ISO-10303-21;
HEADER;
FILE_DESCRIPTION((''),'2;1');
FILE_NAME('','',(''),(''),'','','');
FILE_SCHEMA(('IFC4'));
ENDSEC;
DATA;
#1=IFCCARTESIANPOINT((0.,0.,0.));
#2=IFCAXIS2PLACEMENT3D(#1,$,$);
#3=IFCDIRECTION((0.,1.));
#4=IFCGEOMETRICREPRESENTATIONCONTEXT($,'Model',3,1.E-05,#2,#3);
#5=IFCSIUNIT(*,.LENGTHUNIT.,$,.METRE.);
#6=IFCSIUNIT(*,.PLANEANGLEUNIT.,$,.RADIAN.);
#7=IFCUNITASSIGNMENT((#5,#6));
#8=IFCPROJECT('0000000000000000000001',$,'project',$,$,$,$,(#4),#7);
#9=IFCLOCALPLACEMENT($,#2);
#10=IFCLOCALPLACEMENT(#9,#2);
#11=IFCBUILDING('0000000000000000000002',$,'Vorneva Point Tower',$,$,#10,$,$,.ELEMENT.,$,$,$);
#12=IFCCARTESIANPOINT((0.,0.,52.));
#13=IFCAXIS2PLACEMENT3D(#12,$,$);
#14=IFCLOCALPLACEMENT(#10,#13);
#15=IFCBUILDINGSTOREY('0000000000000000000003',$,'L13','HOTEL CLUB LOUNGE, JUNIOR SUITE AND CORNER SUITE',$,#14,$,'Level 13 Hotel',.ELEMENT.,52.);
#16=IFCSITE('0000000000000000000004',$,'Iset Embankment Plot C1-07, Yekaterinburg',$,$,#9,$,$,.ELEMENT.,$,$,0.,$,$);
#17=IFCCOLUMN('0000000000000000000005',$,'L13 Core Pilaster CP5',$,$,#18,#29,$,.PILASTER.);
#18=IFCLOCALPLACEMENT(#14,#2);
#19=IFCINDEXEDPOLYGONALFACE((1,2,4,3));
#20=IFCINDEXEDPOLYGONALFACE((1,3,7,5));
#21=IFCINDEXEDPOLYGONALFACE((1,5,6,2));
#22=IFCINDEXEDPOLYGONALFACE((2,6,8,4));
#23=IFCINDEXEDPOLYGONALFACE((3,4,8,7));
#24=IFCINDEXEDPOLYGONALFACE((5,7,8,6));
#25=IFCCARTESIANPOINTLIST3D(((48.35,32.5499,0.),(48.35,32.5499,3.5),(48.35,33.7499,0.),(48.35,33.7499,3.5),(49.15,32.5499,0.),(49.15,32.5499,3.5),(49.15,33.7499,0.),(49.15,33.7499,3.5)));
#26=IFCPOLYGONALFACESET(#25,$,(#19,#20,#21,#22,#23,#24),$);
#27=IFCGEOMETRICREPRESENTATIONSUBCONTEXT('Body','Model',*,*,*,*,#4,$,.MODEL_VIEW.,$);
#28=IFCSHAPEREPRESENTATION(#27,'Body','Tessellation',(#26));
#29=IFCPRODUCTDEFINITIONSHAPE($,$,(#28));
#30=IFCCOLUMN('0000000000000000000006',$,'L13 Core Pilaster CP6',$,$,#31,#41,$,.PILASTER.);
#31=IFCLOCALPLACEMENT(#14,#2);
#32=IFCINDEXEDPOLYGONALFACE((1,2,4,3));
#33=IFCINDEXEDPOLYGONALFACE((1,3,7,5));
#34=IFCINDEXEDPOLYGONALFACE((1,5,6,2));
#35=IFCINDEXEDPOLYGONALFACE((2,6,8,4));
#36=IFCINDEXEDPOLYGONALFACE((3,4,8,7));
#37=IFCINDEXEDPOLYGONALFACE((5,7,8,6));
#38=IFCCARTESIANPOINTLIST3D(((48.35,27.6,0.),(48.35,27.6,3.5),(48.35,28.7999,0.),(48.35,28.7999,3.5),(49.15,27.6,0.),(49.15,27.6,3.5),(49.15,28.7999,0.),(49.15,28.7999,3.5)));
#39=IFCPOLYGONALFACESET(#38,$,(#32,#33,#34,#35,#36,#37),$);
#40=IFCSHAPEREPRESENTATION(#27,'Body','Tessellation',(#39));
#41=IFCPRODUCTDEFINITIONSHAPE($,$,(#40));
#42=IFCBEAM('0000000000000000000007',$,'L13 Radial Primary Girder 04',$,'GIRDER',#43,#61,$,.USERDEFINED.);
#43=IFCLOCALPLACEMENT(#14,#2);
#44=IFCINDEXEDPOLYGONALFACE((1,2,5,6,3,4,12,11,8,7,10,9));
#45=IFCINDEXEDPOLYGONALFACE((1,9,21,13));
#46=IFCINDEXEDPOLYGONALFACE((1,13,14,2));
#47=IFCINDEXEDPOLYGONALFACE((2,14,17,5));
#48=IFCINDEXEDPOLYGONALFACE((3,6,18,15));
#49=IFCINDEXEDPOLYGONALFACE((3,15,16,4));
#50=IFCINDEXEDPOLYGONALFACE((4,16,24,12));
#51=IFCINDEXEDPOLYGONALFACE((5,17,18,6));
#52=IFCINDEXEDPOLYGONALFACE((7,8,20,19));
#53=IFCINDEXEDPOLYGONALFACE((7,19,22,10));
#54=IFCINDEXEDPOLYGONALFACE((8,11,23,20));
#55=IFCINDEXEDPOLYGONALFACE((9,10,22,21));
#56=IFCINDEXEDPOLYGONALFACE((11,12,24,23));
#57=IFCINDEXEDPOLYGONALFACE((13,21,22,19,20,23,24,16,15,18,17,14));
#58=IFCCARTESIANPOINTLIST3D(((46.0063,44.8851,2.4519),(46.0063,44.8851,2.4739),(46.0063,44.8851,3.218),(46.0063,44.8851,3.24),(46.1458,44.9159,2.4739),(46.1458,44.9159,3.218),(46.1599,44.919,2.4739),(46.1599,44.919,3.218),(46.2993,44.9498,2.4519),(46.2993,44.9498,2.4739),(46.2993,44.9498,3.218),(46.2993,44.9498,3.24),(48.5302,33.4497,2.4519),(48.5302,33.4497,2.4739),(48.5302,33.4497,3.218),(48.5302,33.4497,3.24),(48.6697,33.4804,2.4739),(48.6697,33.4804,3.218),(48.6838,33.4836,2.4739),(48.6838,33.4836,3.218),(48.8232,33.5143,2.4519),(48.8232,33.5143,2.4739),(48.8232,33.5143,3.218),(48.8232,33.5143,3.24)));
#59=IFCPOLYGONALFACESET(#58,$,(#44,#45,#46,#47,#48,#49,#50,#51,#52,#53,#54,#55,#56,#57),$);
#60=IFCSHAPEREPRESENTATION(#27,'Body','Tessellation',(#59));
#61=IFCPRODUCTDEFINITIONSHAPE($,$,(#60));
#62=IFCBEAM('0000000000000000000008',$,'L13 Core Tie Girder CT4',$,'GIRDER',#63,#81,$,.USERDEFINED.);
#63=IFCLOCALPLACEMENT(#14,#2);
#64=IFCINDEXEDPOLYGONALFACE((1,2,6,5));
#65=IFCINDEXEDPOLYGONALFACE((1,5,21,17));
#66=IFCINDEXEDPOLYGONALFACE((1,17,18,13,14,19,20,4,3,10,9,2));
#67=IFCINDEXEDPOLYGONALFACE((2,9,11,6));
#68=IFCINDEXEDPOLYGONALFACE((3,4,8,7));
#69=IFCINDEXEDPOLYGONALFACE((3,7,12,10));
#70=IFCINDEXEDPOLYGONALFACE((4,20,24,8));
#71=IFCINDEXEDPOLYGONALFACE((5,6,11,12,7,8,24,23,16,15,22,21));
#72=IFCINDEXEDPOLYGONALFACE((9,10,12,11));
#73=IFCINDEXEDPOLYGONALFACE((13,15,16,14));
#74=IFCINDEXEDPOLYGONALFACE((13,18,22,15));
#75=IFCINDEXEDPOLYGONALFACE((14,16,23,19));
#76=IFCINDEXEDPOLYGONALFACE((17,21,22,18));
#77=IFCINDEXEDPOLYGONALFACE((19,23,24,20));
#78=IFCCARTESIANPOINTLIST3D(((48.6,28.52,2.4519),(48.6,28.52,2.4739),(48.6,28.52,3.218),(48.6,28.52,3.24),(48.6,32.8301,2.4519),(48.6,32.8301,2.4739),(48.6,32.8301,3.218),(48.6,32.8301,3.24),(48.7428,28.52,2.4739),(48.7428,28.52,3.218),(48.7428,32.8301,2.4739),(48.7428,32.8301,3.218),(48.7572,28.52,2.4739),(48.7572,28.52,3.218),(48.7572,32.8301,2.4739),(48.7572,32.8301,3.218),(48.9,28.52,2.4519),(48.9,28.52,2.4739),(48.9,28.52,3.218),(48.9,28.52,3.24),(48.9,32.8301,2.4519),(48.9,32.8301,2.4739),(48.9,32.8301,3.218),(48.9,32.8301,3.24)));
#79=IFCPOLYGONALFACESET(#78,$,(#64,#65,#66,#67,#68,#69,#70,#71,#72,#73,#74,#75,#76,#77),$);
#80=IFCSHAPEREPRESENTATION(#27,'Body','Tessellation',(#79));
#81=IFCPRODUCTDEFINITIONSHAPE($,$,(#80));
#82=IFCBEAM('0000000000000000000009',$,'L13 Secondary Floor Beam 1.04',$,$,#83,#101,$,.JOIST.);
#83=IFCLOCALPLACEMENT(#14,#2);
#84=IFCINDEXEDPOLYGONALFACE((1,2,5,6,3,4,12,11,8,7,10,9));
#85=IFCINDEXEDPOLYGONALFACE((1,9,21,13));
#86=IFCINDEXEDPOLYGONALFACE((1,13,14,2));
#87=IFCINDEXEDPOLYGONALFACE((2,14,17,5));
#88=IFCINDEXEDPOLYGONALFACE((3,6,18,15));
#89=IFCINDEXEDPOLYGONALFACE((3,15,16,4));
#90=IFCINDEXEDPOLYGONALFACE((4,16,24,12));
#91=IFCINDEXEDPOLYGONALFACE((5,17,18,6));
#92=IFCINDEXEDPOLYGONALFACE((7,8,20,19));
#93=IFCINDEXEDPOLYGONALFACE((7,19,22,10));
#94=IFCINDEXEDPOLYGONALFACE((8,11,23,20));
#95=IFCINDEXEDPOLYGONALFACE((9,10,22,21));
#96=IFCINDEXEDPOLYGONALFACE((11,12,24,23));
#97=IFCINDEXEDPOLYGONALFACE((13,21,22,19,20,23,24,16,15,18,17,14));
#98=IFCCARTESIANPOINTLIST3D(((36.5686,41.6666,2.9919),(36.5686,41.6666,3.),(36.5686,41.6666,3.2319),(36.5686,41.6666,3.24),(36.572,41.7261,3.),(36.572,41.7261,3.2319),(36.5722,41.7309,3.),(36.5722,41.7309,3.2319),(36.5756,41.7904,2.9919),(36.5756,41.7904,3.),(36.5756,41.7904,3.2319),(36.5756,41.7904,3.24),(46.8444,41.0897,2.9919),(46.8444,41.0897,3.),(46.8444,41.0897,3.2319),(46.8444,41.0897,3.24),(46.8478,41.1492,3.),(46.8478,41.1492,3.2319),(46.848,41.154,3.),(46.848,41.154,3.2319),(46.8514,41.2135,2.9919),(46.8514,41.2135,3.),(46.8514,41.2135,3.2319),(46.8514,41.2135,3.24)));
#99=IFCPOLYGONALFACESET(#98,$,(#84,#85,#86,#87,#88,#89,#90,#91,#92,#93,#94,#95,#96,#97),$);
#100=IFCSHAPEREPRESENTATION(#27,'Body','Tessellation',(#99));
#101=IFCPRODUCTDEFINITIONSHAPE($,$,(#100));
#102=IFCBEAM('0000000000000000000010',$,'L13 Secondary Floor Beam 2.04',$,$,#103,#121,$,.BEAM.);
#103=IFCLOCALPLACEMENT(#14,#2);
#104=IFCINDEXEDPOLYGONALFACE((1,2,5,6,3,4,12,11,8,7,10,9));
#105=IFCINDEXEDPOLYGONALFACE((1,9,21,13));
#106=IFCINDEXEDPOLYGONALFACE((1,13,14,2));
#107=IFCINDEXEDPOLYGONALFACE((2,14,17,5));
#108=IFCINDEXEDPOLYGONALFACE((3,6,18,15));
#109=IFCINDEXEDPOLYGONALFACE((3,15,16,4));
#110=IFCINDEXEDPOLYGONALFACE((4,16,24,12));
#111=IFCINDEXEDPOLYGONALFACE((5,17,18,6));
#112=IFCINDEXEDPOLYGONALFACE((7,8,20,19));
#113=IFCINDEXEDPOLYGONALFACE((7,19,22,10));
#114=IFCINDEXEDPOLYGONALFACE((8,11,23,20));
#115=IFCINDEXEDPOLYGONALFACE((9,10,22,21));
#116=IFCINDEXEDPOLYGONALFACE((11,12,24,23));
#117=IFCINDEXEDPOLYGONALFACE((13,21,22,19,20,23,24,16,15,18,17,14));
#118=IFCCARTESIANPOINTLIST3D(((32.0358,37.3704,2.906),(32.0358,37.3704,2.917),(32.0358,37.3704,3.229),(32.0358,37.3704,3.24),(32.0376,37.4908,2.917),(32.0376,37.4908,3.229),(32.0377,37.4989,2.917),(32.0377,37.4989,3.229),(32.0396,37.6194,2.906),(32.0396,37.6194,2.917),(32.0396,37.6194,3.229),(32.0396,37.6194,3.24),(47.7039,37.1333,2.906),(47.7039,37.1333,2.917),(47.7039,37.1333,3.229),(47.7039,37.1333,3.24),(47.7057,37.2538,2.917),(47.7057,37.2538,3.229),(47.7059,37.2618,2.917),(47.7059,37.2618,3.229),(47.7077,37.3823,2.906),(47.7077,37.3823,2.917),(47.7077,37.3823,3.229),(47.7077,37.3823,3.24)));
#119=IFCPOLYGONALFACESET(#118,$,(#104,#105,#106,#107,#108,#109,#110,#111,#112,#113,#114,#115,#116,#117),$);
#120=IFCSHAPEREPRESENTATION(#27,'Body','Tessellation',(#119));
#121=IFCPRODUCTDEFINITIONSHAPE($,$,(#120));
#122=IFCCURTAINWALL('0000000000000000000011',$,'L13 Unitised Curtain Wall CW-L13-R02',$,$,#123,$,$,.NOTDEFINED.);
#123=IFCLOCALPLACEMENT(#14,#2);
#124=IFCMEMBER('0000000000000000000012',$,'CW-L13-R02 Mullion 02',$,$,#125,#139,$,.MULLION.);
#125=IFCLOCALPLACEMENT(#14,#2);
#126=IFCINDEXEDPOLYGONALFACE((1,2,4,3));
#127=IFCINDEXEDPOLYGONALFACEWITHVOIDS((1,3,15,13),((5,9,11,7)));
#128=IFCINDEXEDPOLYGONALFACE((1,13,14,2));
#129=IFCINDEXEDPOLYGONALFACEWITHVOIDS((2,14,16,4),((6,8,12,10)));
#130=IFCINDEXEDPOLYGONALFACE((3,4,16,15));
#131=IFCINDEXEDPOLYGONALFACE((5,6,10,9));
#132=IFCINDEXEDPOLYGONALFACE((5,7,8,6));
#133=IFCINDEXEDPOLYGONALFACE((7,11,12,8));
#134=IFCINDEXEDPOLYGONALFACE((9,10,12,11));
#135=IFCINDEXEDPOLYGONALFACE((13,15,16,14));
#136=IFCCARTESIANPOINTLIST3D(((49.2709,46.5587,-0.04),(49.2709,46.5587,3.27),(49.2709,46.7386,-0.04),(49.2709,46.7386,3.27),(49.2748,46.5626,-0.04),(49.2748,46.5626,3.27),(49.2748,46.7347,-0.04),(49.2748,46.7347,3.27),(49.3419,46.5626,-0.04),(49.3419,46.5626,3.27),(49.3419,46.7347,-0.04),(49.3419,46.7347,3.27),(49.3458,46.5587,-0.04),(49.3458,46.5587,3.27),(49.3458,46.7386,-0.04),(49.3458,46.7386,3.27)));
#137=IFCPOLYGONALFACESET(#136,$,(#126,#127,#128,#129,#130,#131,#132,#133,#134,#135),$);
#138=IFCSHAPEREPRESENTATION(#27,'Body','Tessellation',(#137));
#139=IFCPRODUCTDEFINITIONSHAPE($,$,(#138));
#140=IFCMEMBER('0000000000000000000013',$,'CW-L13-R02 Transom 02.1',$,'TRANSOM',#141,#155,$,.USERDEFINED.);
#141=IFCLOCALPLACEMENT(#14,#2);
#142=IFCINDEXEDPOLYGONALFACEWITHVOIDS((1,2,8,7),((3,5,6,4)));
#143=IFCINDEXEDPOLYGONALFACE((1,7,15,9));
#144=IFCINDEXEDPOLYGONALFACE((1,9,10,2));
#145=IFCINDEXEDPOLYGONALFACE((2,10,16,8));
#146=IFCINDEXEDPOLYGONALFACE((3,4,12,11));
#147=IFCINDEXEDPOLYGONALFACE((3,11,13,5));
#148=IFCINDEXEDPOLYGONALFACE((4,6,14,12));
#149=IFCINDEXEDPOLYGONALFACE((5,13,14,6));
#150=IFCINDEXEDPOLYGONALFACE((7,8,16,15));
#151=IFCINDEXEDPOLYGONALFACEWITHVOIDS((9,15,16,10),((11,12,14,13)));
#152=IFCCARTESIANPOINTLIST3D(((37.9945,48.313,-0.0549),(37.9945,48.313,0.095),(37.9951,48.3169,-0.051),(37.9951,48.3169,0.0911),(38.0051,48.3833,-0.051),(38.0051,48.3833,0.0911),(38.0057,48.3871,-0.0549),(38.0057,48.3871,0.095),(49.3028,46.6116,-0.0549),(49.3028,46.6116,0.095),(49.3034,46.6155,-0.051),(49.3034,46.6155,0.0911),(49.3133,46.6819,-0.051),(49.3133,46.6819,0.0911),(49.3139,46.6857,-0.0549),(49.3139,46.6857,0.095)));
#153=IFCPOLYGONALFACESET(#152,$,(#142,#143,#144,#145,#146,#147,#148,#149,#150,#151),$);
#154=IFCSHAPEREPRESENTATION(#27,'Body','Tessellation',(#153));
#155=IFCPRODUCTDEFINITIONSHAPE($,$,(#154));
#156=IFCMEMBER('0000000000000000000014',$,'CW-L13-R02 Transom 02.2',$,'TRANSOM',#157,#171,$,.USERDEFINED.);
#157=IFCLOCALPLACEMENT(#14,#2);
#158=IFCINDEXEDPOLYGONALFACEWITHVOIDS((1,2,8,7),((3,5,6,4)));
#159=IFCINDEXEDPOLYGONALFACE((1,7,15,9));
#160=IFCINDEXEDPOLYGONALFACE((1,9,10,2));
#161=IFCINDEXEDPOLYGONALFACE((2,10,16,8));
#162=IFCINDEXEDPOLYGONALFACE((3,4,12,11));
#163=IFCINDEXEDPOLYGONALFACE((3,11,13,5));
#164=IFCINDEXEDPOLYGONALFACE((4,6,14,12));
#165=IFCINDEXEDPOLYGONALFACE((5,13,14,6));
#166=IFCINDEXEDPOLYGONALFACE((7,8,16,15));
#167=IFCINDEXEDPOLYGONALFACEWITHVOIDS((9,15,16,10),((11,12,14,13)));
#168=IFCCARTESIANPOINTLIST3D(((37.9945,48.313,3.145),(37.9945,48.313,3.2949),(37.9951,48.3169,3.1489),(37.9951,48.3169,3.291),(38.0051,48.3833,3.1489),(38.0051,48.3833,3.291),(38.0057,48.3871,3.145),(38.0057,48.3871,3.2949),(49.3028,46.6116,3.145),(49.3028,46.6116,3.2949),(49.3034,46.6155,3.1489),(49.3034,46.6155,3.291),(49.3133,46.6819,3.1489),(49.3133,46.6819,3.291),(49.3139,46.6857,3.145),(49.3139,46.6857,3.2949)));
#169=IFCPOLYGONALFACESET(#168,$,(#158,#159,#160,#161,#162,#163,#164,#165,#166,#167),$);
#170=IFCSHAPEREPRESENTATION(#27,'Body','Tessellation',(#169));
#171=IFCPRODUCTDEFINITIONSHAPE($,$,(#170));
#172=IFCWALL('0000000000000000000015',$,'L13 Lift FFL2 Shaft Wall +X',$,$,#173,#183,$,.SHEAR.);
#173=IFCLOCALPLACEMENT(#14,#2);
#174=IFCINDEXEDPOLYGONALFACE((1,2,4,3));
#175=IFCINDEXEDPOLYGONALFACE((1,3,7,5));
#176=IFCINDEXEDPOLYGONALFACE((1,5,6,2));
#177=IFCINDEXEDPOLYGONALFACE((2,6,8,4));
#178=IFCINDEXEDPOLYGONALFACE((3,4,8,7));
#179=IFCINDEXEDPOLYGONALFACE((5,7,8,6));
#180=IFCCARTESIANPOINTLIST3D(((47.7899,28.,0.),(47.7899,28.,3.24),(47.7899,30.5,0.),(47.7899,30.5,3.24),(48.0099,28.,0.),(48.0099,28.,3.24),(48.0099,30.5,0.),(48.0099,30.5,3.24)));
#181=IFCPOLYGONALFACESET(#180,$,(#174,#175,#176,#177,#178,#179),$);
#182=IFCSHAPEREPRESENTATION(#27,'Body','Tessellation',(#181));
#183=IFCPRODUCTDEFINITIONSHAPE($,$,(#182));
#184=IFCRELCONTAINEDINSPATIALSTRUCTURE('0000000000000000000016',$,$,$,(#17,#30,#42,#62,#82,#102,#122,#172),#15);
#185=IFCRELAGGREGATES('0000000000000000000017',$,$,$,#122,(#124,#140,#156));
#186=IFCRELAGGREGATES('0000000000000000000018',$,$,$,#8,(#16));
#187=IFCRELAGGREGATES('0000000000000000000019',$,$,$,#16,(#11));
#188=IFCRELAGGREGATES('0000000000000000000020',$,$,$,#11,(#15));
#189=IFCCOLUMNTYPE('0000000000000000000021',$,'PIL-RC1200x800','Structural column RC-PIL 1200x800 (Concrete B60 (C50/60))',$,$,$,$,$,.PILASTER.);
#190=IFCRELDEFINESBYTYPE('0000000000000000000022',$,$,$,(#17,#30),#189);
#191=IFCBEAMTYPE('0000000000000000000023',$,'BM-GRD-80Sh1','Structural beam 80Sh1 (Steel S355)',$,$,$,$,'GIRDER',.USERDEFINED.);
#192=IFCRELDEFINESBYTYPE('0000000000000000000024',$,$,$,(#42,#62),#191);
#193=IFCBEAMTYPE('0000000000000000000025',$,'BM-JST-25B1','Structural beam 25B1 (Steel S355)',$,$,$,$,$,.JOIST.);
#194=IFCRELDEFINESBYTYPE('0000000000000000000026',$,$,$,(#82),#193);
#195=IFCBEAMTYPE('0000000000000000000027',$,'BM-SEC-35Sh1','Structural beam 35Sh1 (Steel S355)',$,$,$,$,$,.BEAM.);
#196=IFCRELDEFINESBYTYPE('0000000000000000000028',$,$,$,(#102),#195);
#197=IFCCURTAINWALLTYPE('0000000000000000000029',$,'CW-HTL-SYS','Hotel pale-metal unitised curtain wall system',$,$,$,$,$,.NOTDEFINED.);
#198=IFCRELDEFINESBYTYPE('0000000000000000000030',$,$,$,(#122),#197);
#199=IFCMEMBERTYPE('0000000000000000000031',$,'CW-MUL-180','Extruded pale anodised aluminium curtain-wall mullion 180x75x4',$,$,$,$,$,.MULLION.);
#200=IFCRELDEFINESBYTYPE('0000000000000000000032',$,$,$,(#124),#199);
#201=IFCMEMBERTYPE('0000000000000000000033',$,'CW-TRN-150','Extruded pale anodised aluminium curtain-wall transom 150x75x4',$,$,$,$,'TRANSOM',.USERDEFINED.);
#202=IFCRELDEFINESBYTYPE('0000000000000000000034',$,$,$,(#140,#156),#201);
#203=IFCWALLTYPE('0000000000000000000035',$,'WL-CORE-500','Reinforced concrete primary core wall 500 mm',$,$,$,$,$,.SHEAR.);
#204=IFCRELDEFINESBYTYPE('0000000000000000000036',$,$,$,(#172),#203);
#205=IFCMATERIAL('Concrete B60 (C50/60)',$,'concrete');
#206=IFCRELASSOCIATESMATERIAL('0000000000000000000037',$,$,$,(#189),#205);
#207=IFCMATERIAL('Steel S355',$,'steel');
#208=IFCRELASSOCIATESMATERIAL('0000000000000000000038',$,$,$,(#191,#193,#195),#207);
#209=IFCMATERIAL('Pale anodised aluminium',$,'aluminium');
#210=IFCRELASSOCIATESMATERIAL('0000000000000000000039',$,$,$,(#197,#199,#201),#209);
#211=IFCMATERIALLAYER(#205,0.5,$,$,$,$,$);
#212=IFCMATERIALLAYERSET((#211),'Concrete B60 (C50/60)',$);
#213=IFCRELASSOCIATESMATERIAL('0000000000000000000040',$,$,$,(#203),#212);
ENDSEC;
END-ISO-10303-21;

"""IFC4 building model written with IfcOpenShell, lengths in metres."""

from ifc_helpers import new_model, si_unit, direction, frame, frame_2d, origin, origin_2d, place, context, subcontext, project, spatial, rectangle, hollow_rectangle, i_section, extrude, material, layer, layer_set, material_profile, profile_set, type_object, element, aggregate, save


model = new_model("IFC4")

# Units and contexts
model_context = context("Model", 3, precision=1e-05, world=origin(), true_north=direction((0.0, 1.0)))
body_context = subcontext(model_context, "Body", "Model", "MODEL_VIEW")
ifc_project = project(units=[si_unit("LENGTHUNIT", "METRE"), si_unit("PLANEANGLEUNIT", "RADIAN")], contexts=[model_context])

# Site, building, storey
site_placement = place(None, origin())
site = spatial("IfcSite", under=ifc_project, at=site_placement, Name="Iset Embankment Plot C1-07, Yekaterinburg", CompositionType="ELEMENT", RefElevation=0.0)
building_placement = place(site_placement, origin())
building = spatial("IfcBuilding", under=site, at=building_placement, Name="Vorneva Point Tower", CompositionType="ELEMENT")
storey_placement = place(building_placement, frame((0.0, 0.0, 52.0)))
storey = spatial("IfcBuildingStorey", under=building, at=storey_placement, Name="L13", Description="HOTEL CLUB LOUNGE, JUNIOR SUITE AND CORNER SUITE", LongName="Level 13 Hotel", CompositionType="ELEMENT", Elevation=52.0)

# Columns
ifc_material_1 = material(Name="Concrete B60 (C50/60)", Category="concrete")
ifc_material_profile_1 = material_profile(ifc_material_1, rectangle(XDim=0.8, YDim=1.2, at=origin_2d()), Name="RC-PIL 1200x800")
ifc_profile_set_1 = profile_set([ifc_material_profile_1], Name="Concrete B60 (C50/60)")
column_type_1 = type_object("IfcColumnType", Name="PIL-RC1200x800", Description="Structural column RC-PIL 1200x800 (Concrete B60 (C50/60))", PredefinedType="PILASTER", material=ifc_profile_set_1)
for number, where, z_axis, x_axis, name in (
    (1, (48.75, 33.1499, 0.0), (0.0, 0.0, 1.0), (1.0, 0.0, 0.0), "L13 Core Pilaster CP5"),
    (2, (48.75, 28.2, 0.0), (0.0, 0.0, 1.0), (1.0, 0.0, 0.0), "L13 Core Pilaster CP6"),
):
    element("IfcColumn", number, at=place(storey_placement, frame(where, z_axis=z_axis, x_axis=x_axis)), inside=storey, type_object=column_type_1, Name=name, PredefinedType="PILASTER", context=body_context, shape_type="SweptSolid", body=[
        extrude(rectangle(XDim=0.8, YDim=1.2, at=origin_2d()), origin(), (0.0, 0.0, 1.0), 3.5),
    ])

# Beams
ifc_material_2 = material(Name="Steel S355", Category="steel")
ifc_material_profile_2 = material_profile(ifc_material_2, i_section(OverallWidth=0.3, OverallDepth=0.7881, WebThickness=0.0144, FlangeThickness=0.022, at=origin_2d()), Name="80Sh1")
ifc_profile_set_2 = profile_set([ifc_material_profile_2], Name="Steel S355")
beam_type_1 = type_object("IfcBeamType", Name="BM-GRD-80Sh1", Description="Structural beam 80Sh1 (Steel S355)", ElementType="GIRDER", PredefinedType="USERDEFINED", material=ifc_profile_set_2)
beam_1_placement = place(storey_placement, frame((46.1528, 44.9175, 2.8459), z_axis=(0.215522, -0.976499, 0.0), x_axis=(0.976499, 0.215522, 0.0)))
element("IfcBeam", 3, at=beam_1_placement, inside=storey, type_object=beam_type_1, Name="L13 Radial Primary Girder 04", ObjectType="GIRDER", PredefinedType="USERDEFINED", context=body_context, shape_type="SweptSolid", body=[
    extrude(i_section(OverallWidth=0.3, OverallDepth=0.7881, WebThickness=0.0144, FlangeThickness=0.022, at=origin_2d()), origin(), (0.0, 0.0, 1.0), 11.7107),
])
beam_2_placement = place(storey_placement, frame((48.75, 28.52, 2.8459), z_axis=(0.0, 1.0, 0.0), x_axis=(-1.0, 0.0, 0.0)))
element("IfcBeam", 4, at=beam_2_placement, inside=storey, type_object=beam_type_1, Name="L13 Core Tie Girder CT4", ObjectType="GIRDER", PredefinedType="USERDEFINED", context=body_context, shape_type="SweptSolid", body=[
    extrude(i_section(OverallWidth=0.3, OverallDepth=0.7881, WebThickness=0.0144, FlangeThickness=0.022, at=origin_2d()), origin(), (0.0, 0.0, 1.0), 4.3101),
])
ifc_material_profile_3 = material_profile(ifc_material_2, i_section(OverallWidth=0.124, OverallDepth=0.248, WebThickness=0.0049, FlangeThickness=0.0081, at=origin_2d()), Name="25B1")
ifc_profile_set_3 = profile_set([ifc_material_profile_3], Name="Steel S355")
beam_type_2 = type_object("IfcBeamType", Name="BM-JST-25B1", Description="Structural beam 25B1 (Steel S355)", PredefinedType="JOIST", material=ifc_profile_set_3)
beam_3_placement = place(storey_placement, frame((46.8479, 41.1516, 3.116), z_axis=(-0.998428, 0.056053, 0.0), x_axis=(-0.056053, -0.998428, 0.0)))
element("IfcBeam", 5, at=beam_3_placement, inside=storey, type_object=beam_type_2, Name="L13 Secondary Floor Beam 1.04", PredefinedType="JOIST", context=body_context, shape_type="SweptSolid", body=[
    extrude(i_section(OverallWidth=0.124, OverallDepth=0.248, WebThickness=0.0049, FlangeThickness=0.0081, at=origin_2d()), origin(), (0.0, 0.0, 1.0), 10.292),
])
ifc_material_profile_4 = material_profile(ifc_material_2, i_section(OverallWidth=0.249, OverallDepth=0.334, WebThickness=0.0081, FlangeThickness=0.011, at=origin_2d()), Name="35Sh1")
ifc_profile_set_4 = profile_set([ifc_material_profile_4], Name="Steel S355")
beam_type_3 = type_object("IfcBeamType", Name="BM-SEC-35Sh1", Description="Structural beam 35Sh1 (Steel S355)", PredefinedType="BEAM", material=ifc_profile_set_4)
beam_4_placement = place(storey_placement, frame((47.7058, 37.2578, 3.073), z_axis=(-0.999886, 0.015128, 0.0), x_axis=(-0.015128, -0.999886, 0.0)))
element("IfcBeam", 6, at=beam_4_placement, inside=storey, type_object=beam_type_3, Name="L13 Secondary Floor Beam 2.04", PredefinedType="BEAM", context=body_context, shape_type="SweptSolid", body=[
    extrude(i_section(OverallWidth=0.249, OverallDepth=0.334, WebThickness=0.0081, FlangeThickness=0.011, at=origin_2d()), origin(), (0.0, 0.0, 1.0), 15.6699),
])

# Curtain wall, members
ifc_material_3 = material(Name="Pale anodised aluminium", Category="aluminium")
curtain_wall_type = type_object("IfcCurtainWallType", Name="CW-HTL-SYS", Description="Hotel pale-metal unitised curtain wall system", PredefinedType="NOTDEFINED", material=ifc_material_3)
curtain_wall_placement = place(storey_placement, origin())
curtain_wall = element("IfcCurtainWall", 7, at=curtain_wall_placement, inside=storey, type_object=curtain_wall_type, Name="L13 Unitised Curtain Wall CW-L13-R02", PredefinedType="NOTDEFINED")
ifc_material_profile_5 = material_profile(ifc_material_3, hollow_rectangle(XDim=0.075, YDim=0.1799, WallThickness=0.0039, at=origin_2d()), Name="AL-MUL 180x75x4")
ifc_profile_set_5 = profile_set([ifc_material_profile_5], Name="Pale anodised aluminium")
member_type_1 = type_object("IfcMemberType", Name="CW-MUL-180", Description="Extruded pale anodised aluminium curtain-wall mullion 180x75x4", PredefinedType="MULLION", material=ifc_profile_set_5)
member_1_placement = place(storey_placement, frame((49.3083, 46.6487, -0.04), z_axis=(0.0, 0.0, 1.0), x_axis=(1.0, 0.0, 0.0)))
member_1 = element("IfcMember", 8, at=member_1_placement, type_object=member_type_1, Name="CW-L13-R02 Mullion 02", PredefinedType="MULLION", context=body_context, shape_type="SweptSolid", body=[
    extrude(hollow_rectangle(XDim=0.075, YDim=0.1799, WallThickness=0.0039, at=origin_2d()), origin(), (0.0, 0.0, 1.0), 3.3101),
])
ifc_material_profile_6 = material_profile(ifc_material_3, hollow_rectangle(XDim=0.075, YDim=0.1499, WallThickness=0.0039, at=origin_2d()), Name="AL-TRN 150x75x4")
ifc_profile_set_6 = profile_set([ifc_material_profile_6], Name="Pale anodised aluminium")
member_type_2 = type_object("IfcMemberType", Name="CW-TRN-150", Description="Extruded pale anodised aluminium curtain-wall transom 150x75x4", ElementType="TRANSOM", PredefinedType="USERDEFINED", material=ifc_profile_set_6)
member_2_placement = place(storey_placement, frame((49.3083, 46.6487, 0.02), z_axis=(-0.98887, 0.148782, 0.0), x_axis=(-0.148782, -0.98887, 0.0)))
member_2 = element("IfcMember", 9, at=member_2_placement, type_object=member_type_2, Name="CW-L13-R02 Transom 02.1", ObjectType="TRANSOM", PredefinedType="USERDEFINED", context=body_context, shape_type="SweptSolid", body=[
    extrude(hollow_rectangle(XDim=0.075, YDim=0.1499, WallThickness=0.0039, at=origin_2d()), origin(), (0.0, 0.0, 1.0), 11.4355),
])
member_3_placement = place(storey_placement, frame((49.3083, 46.6487, 3.22), z_axis=(-0.98887, 0.148782, 0.0), x_axis=(-0.148782, -0.98887, 0.0)))
member_3 = element("IfcMember", 10, at=member_3_placement, type_object=member_type_2, Name="CW-L13-R02 Transom 02.2", ObjectType="TRANSOM", PredefinedType="USERDEFINED", context=body_context, shape_type="SweptSolid", body=[
    extrude(hollow_rectangle(XDim=0.075, YDim=0.1499, WallThickness=0.0039, at=origin_2d()), origin(), (0.0, 0.0, 1.0), 11.4355),
])
aggregate(curtain_wall, [member_1, member_2, member_3])

# Wall
ifc_layer_1 = layer(ifc_material_1, 0.5)
ifc_layer_set_1 = layer_set([ifc_layer_1], Name="Concrete B60 (C50/60)")
wall_type_1 = type_object("IfcWallType", Name="WL-CORE-500", Description="Reinforced concrete primary core wall 500 mm", PredefinedType="SHEAR", material=ifc_layer_set_1)
wall_1_placement = place(storey_placement, frame((47.8999, 28.0, 0.0), z_axis=(0.0, 0.0, 1.0), x_axis=(0.0, 1.0, 0.0)))
element("IfcWall", 11, at=wall_1_placement, inside=storey, type_object=wall_type_1, Name="L13 Lift FFL2 Shaft Wall +X", PredefinedType="SHEAR", context=body_context, shape_type="SweptSolid", body=[
    extrude(rectangle(XDim=2.5, YDim=0.22, at=frame_2d((1.25, 0.0))), origin(), (0.0, 0.0, 1.0), 3.24),
])

save(model, "model.ifc")
